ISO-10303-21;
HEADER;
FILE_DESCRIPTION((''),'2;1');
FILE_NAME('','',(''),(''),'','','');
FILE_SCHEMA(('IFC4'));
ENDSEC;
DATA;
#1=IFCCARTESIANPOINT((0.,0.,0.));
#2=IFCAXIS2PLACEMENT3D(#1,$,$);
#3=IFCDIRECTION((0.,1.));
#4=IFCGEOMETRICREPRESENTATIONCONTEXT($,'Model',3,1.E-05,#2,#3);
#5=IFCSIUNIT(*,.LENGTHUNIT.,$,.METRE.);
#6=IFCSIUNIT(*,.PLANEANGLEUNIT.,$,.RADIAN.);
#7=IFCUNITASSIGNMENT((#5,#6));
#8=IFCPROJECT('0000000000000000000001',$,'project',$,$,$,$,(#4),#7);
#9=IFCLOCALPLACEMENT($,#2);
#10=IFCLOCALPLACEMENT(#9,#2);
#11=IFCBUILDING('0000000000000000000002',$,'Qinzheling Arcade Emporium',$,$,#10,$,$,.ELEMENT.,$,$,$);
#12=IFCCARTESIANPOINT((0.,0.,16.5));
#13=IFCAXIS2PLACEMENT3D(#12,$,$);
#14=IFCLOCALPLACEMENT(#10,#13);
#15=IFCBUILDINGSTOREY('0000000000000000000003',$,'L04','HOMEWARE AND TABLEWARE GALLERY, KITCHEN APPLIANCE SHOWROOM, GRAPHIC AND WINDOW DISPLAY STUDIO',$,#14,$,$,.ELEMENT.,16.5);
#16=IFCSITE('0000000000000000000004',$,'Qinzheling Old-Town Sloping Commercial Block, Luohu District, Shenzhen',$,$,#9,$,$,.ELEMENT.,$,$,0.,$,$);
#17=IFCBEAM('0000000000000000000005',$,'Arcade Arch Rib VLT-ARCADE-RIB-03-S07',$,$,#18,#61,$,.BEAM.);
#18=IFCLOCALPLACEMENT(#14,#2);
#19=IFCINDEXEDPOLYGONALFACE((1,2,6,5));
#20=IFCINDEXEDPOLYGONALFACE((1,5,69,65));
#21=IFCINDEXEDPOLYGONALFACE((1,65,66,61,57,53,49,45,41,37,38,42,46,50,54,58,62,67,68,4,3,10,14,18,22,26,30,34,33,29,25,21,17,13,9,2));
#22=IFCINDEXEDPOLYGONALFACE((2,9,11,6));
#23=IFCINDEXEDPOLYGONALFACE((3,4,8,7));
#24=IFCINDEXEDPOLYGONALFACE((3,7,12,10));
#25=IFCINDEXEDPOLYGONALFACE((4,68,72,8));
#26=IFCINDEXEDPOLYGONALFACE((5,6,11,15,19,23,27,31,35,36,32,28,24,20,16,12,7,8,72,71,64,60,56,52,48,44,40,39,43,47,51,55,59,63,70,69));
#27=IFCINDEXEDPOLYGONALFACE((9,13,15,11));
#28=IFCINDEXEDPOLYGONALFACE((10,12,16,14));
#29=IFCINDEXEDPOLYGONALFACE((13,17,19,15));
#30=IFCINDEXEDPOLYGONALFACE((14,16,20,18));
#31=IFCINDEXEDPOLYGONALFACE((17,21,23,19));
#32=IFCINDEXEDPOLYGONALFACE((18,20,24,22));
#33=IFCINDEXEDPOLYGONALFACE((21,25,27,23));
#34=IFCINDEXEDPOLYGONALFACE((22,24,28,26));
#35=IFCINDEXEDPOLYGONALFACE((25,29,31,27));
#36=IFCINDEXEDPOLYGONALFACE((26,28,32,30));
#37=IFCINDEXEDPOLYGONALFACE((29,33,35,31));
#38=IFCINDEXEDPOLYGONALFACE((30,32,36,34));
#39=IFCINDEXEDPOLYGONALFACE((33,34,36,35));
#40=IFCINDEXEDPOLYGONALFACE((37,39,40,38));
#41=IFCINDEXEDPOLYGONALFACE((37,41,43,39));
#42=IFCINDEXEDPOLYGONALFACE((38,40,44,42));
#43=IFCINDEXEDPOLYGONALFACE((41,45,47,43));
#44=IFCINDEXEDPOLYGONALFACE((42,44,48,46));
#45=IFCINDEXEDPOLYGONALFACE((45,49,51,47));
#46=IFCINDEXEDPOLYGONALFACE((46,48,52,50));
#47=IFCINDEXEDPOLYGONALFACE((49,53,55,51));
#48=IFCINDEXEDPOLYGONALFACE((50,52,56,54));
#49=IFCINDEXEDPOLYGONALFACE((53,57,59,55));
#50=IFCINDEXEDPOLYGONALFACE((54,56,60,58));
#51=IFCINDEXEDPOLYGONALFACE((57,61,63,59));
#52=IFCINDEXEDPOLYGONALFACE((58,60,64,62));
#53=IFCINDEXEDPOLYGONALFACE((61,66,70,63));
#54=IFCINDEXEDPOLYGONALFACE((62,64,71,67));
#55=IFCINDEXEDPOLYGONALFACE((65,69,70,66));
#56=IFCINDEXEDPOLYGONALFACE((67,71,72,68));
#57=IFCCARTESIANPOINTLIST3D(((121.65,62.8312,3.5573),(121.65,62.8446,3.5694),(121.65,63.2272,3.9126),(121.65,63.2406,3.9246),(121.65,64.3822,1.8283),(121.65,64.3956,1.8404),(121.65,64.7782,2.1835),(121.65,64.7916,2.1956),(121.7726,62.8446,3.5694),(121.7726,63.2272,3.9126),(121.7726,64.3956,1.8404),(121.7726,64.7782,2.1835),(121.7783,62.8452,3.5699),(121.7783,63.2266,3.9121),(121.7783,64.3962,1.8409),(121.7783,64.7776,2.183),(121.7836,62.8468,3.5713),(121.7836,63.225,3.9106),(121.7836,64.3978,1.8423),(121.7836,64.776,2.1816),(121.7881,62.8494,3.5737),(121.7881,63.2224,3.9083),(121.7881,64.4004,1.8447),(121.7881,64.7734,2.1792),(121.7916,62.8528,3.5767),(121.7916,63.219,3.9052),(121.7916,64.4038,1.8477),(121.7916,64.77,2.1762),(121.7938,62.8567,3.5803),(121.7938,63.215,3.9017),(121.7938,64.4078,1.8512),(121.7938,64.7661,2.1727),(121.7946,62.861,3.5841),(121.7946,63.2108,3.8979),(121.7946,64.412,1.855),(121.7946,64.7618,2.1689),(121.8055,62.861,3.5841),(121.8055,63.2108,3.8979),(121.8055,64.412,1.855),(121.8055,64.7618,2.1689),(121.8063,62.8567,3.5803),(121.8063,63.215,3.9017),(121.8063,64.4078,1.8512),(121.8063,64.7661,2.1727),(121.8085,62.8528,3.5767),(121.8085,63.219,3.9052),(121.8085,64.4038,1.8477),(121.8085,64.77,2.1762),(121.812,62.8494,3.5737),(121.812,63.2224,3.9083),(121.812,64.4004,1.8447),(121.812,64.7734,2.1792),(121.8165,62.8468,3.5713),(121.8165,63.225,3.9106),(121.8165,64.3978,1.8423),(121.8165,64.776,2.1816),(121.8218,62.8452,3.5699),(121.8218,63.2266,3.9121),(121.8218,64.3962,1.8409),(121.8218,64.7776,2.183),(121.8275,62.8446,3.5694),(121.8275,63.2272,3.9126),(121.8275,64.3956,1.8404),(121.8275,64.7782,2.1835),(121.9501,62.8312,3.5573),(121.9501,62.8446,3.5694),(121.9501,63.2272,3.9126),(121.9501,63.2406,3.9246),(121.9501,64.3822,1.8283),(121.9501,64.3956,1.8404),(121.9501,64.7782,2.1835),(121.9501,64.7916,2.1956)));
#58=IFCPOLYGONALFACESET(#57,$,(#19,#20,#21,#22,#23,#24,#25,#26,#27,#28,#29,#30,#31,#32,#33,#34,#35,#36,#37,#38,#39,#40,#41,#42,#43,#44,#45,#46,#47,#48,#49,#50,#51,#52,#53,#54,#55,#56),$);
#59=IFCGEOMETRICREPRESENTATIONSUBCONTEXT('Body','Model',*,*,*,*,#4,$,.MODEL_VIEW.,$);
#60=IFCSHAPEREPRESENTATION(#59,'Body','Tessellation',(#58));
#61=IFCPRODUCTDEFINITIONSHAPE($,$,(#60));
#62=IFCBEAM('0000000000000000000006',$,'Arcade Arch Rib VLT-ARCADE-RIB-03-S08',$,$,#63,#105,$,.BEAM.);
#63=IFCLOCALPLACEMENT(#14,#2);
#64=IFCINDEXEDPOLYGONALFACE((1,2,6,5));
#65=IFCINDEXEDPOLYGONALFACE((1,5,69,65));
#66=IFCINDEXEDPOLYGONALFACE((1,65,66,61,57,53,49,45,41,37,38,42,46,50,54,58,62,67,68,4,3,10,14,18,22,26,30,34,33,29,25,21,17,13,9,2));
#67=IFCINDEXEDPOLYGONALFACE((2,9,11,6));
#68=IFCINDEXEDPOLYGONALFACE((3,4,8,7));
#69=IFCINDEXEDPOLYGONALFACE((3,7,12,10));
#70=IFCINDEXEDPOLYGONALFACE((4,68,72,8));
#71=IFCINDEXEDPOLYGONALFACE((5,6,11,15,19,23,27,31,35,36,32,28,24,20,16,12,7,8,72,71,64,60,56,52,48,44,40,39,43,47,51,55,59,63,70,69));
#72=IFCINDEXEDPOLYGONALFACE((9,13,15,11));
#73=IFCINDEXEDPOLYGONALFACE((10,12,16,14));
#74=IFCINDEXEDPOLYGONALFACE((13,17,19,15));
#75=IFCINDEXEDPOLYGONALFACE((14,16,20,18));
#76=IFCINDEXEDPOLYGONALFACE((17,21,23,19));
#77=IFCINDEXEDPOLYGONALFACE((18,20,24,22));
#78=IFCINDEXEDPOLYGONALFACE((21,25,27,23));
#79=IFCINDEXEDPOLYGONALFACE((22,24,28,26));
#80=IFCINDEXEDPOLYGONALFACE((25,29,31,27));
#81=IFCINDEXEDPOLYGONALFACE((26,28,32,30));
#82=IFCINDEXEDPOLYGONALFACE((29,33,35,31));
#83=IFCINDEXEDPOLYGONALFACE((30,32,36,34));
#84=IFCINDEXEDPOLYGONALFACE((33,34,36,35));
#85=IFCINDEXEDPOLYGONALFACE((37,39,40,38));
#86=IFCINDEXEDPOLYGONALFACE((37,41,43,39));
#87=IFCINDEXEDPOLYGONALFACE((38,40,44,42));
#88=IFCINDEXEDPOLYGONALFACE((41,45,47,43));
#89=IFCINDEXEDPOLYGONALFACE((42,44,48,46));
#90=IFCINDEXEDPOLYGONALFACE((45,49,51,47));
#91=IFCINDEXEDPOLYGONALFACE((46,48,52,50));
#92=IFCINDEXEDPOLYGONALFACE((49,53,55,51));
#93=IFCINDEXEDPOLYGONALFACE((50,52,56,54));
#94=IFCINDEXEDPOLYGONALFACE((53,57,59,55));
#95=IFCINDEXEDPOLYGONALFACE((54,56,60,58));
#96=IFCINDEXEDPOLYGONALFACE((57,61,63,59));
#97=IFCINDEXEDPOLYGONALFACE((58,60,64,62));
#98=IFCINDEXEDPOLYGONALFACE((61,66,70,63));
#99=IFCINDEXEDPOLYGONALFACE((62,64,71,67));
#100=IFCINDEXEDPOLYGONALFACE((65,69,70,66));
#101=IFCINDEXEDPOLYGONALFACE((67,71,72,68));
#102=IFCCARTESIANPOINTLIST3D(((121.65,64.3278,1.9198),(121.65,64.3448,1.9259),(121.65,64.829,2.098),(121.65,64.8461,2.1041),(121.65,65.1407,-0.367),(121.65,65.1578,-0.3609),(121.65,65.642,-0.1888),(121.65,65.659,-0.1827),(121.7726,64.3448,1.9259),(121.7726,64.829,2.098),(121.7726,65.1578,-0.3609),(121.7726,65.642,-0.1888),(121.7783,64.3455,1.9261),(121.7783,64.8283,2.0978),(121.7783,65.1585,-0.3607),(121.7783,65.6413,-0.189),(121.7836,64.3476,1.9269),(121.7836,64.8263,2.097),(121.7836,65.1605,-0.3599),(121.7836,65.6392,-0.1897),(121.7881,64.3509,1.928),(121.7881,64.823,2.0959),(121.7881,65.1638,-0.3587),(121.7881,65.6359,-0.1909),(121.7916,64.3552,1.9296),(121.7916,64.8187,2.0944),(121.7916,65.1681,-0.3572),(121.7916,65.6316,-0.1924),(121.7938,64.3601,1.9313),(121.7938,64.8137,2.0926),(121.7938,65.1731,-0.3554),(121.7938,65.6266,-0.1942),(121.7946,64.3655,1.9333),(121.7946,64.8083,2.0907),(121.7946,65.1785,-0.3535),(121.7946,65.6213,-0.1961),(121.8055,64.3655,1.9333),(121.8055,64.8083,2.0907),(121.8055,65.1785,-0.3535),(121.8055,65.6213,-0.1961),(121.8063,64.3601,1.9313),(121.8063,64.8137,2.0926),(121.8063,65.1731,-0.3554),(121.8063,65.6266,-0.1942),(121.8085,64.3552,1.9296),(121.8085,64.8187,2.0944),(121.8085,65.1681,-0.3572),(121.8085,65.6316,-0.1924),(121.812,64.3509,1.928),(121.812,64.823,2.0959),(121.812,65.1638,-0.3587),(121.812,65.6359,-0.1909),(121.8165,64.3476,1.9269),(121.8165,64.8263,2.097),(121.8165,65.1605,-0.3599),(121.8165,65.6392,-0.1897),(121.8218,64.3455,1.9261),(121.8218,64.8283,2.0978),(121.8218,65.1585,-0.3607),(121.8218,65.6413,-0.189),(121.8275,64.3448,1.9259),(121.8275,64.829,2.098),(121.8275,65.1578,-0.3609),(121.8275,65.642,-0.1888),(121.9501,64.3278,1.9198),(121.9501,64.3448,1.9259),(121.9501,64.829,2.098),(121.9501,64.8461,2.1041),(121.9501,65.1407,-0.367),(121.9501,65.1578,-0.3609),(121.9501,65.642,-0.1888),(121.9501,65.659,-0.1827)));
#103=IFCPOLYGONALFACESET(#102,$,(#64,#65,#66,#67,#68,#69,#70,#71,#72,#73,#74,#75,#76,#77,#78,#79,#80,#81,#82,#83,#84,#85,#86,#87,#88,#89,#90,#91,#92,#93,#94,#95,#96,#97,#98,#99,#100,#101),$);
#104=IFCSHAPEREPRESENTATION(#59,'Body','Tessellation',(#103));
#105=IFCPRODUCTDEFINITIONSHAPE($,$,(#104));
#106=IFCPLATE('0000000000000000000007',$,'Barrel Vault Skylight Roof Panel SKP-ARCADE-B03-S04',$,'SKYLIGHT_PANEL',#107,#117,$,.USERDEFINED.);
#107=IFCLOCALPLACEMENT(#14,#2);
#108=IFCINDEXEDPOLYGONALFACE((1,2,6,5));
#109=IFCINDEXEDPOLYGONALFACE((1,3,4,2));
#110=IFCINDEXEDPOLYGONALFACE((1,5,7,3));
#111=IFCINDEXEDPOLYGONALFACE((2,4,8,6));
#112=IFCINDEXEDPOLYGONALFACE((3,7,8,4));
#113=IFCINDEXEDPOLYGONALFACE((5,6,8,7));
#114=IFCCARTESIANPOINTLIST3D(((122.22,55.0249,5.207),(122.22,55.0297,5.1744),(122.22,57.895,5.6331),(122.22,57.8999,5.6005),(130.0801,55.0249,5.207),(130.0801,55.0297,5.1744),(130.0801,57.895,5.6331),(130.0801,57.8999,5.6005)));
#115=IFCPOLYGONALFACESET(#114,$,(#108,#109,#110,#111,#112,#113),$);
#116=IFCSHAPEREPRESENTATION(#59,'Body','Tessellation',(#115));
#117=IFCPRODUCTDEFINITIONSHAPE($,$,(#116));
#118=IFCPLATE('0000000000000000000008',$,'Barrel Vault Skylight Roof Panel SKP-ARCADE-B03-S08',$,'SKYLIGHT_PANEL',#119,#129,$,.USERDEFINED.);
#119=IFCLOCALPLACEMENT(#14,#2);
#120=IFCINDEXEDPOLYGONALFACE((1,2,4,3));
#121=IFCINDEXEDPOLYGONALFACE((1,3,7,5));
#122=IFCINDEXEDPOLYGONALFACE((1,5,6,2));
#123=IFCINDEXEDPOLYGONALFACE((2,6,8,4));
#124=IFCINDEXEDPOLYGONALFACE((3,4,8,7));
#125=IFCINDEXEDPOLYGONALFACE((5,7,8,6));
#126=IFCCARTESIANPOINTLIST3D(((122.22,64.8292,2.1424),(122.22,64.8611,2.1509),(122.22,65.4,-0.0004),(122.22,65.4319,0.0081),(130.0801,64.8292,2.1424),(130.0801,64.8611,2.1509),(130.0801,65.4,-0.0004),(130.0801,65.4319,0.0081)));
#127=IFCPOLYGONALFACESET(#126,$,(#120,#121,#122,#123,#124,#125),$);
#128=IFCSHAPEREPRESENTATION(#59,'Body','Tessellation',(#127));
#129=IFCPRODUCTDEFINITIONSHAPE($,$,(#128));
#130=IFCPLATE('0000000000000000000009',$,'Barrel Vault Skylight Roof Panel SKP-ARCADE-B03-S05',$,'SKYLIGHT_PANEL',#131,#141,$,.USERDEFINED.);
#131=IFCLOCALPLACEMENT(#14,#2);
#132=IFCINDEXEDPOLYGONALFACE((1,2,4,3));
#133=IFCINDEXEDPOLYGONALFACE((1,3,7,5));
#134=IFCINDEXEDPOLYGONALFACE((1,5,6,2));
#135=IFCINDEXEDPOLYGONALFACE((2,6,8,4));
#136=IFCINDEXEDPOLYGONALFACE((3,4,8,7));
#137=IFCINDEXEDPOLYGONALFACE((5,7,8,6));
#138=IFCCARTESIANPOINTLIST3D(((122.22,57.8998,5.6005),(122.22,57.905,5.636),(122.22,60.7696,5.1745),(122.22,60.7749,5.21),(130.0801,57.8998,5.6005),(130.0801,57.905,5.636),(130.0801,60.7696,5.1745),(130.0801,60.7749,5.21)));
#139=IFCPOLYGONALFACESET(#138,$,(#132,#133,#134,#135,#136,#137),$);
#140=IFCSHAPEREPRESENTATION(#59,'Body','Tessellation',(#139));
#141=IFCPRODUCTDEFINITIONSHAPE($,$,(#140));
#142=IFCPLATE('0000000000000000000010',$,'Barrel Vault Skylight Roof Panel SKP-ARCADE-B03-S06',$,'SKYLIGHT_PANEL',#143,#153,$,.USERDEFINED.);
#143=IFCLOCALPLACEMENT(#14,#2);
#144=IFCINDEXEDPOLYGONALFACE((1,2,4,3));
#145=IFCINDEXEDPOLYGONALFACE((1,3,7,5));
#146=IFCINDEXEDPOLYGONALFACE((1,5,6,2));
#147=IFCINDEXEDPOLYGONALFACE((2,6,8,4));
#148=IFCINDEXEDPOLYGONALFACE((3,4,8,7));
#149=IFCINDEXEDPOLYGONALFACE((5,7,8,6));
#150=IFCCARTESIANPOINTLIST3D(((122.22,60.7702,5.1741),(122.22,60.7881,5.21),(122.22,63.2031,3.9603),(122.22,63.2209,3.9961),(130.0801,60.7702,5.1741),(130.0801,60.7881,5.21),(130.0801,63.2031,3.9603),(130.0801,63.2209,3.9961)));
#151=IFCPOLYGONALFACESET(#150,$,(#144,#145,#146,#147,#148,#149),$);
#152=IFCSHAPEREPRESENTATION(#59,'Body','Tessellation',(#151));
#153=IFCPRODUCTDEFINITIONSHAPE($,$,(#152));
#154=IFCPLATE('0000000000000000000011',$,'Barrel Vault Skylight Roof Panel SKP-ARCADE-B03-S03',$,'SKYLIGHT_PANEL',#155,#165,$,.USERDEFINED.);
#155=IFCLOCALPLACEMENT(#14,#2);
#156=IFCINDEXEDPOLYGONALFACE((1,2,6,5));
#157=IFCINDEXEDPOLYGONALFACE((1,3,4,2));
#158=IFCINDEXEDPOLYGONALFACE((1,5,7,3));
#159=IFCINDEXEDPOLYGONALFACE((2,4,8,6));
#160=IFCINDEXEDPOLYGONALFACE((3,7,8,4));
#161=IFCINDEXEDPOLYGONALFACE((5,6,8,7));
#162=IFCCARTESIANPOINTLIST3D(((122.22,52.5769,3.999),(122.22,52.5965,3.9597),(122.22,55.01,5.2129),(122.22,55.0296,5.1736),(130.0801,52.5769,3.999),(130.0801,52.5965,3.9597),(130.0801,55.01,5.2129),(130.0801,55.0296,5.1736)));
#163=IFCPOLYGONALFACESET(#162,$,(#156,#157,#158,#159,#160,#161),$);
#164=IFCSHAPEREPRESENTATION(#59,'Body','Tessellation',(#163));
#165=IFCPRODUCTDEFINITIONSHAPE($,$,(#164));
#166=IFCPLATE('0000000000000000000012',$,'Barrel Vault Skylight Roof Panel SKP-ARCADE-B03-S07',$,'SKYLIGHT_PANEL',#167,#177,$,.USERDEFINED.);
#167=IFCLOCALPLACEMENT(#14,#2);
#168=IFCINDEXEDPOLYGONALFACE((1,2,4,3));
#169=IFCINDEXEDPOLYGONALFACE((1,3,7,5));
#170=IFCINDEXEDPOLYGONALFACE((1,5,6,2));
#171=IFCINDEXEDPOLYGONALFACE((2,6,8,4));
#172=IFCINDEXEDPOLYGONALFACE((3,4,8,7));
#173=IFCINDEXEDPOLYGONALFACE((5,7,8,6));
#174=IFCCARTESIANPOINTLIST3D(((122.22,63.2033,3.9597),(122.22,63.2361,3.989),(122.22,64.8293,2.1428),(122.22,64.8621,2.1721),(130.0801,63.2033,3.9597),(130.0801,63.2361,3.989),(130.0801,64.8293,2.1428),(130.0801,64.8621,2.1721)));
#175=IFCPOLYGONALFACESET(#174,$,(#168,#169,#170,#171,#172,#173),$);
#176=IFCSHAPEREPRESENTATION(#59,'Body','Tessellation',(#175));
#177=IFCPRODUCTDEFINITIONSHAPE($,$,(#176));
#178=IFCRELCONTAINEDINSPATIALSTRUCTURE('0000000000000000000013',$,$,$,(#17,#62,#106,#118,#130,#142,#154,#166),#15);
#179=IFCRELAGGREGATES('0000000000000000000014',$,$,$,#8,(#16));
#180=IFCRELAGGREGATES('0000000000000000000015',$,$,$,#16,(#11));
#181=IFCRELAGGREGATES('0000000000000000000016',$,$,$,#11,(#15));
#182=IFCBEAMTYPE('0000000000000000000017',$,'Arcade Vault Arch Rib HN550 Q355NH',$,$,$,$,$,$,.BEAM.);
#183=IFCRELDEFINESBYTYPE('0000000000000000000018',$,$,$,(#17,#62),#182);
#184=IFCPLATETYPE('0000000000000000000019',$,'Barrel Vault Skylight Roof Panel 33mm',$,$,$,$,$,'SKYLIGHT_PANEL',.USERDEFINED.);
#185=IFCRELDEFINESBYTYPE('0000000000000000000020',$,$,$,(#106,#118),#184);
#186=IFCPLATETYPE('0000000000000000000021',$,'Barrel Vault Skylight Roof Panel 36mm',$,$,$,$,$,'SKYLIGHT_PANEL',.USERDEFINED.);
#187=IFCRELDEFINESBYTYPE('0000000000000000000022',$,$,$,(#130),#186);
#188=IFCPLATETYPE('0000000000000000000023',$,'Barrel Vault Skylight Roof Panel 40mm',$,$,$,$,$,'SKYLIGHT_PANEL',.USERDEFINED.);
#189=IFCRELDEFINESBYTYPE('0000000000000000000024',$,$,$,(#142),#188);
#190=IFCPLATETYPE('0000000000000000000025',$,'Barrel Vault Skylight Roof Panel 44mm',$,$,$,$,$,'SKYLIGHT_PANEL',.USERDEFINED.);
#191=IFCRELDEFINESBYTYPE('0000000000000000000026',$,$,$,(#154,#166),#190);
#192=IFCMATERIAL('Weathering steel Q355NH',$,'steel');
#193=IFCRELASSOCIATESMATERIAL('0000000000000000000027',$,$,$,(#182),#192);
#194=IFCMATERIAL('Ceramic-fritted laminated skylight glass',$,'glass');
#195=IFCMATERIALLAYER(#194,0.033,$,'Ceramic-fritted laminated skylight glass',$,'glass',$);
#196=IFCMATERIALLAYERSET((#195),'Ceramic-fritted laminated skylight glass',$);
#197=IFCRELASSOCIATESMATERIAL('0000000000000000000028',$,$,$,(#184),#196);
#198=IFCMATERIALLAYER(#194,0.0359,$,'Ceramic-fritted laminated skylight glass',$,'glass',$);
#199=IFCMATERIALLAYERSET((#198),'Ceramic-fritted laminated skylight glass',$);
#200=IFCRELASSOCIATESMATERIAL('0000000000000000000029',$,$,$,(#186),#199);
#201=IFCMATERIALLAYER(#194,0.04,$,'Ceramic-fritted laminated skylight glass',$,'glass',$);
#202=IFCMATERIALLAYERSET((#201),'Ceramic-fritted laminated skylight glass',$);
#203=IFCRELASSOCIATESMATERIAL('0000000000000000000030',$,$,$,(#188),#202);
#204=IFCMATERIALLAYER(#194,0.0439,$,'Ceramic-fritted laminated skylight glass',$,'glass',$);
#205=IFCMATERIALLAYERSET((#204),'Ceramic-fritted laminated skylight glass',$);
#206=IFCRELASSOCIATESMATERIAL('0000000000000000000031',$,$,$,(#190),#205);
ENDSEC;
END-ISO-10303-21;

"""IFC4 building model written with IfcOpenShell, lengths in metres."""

from ifc_helpers import new_model, si_unit, direction, frame, origin, origin_2d, place, context, subcontext, project, spatial, polyline, i_section, outline, extrude, material, layer, layer_set, material_profile, profile_set, type_object, element, save


model = new_model("IFC4")

# Units and contexts
model_context = context("Model", 3, precision=1e-05, world=origin(), true_north=direction((0.0, 1.0)))
body_context = subcontext(model_context, "Body", "Model", "MODEL_VIEW")
ifc_project = project(units=[si_unit("LENGTHUNIT", "METRE"), si_unit("PLANEANGLEUNIT", "RADIAN")], contexts=[model_context])

# Site, building, storey
site_placement = place(None, origin())
site = spatial("IfcSite", under=ifc_project, at=site_placement, Name="Qinzheling Old-Town Sloping Commercial Block, Luohu District, Shenzhen", CompositionType="ELEMENT", RefElevation=0.0)
building_placement = place(site_placement, origin())
building = spatial("IfcBuilding", under=site, at=building_placement, Name="Qinzheling Arcade Emporium", CompositionType="ELEMENT")
storey_placement = place(building_placement, frame((0.0, 0.0, 16.5)))
storey = spatial("IfcBuildingStorey", under=building, at=storey_placement, Name="L04", Description="HOMEWARE AND TABLEWARE GALLERY, KITCHEN APPLIANCE SHOWROOM, GRAPHIC AND WINDOW DISPLAY STUDIO", CompositionType="ELEMENT", Elevation=16.5)

# Shared definitions
ifc_material_1 = material(Name="Weathering steel Q355NH", Category="steel")

# Beams
ifc_material_profile_1 = material_profile(ifc_material_1, i_section(OverallWidth=0.3, OverallDepth=0.55, WebThickness=0.011, FlangeThickness=0.0181, FilletRadius=0.022, at=origin_2d()), Name="HN 550x300x11x18", Category="steel")
ifc_profile_set_1 = profile_set([ifc_material_profile_1], Name="Weathering steel Q355NH")
beam_type_1 = type_object("IfcBeamType", Name="Arcade Vault Arch Rib HN550 Q355NH", PredefinedType="BEAM", material=ifc_profile_set_1)
beam_1_placement = place(storey_placement, frame((121.8, 63.0359, 3.741), z_axis=(0.0, 0.667756, -0.74438), x_axis=(-1.0, 0.0, 0.0)))
element("IfcBeam", 1, at=beam_1_placement, inside=storey, type_object=beam_type_1, Name="Arcade Arch Rib VLT-ARCADE-RIB-03-S07", PredefinedType="BEAM", context=body_context, shape_type="SweptSolid", body=[
    extrude(i_section(OverallWidth=0.3, OverallDepth=0.55, WebThickness=0.011, FlangeThickness=0.0181, FilletRadius=0.022, at=origin_2d()), origin(), (0.0, 0.0, 1.0), 2.3228),
])
beam_2_placement = place(storey_placement, frame((121.8, 64.5869, 2.012), z_axis=(0.0, 0.334966, -0.94223), x_axis=(-1.0, 0.0, 0.0)))
element("IfcBeam", 2, at=beam_2_placement, inside=storey, type_object=beam_type_1, Name="Arcade Arch Rib VLT-ARCADE-RIB-03-S08", PredefinedType="BEAM", context=body_context, shape_type="SweptSolid", body=[
    extrude(i_section(OverallWidth=0.3, OverallDepth=0.55, WebThickness=0.011, FlangeThickness=0.0181, FilletRadius=0.022, at=origin_2d()), origin(), (0.0, 0.0, 1.0), 2.427),
])

# Plates
ifc_material_2 = material(Name="Ceramic-fritted laminated skylight glass", Category="glass")
ifc_layer_1 = layer(ifc_material_2, 0.033, Name="Ceramic-fritted laminated skylight glass", Category="glass")
ifc_layer_set_1 = layer_set([ifc_layer_1], Name="Ceramic-fritted laminated skylight glass")
plate_type_1 = type_object("IfcPlateType", Name="Barrel Vault Skylight Roof Panel 33mm", ElementType="SKYLIGHT_PANEL", PredefinedType="USERDEFINED", material=ifc_layer_set_1)
plate_1_placement = place(storey_placement, frame((122.22, 55.0249, 5.207), z_axis=(0.0, -0.146826, 0.989162), x_axis=(1.0, 0.0, 0.0)))
element("IfcPlate", 3, at=plate_1_placement, inside=storey, type_object=plate_type_1, Name="Barrel Vault Skylight Roof Panel SKP-ARCADE-B03-S04", ObjectType="SKYLIGHT_PANEL", PredefinedType="USERDEFINED", context=body_context, shape_type="SweptSolid", body=[
    extrude(outline(polyline([(0.0, 0.0), (7.8601, 0.0), (7.8601, 2.9016), (0.0, 2.9016), (0.0, 0.0)])), origin(), (0.0, 0.0, -1.0), 0.033),
])
plate_2_placement = place(storey_placement, frame((122.22, 64.8611, 2.1509), z_axis=(0.0, 0.966304, 0.257402), x_axis=(1.0, 0.0, 0.0)))
element("IfcPlate", 4, at=plate_2_placement, inside=storey, type_object=plate_type_1, Name="Barrel Vault Skylight Roof Panel SKP-ARCADE-B03-S08", ObjectType="SKYLIGHT_PANEL", PredefinedType="USERDEFINED", context=body_context, shape_type="SweptSolid", body=[
    extrude(outline(polyline([(0.0, 0.0), (7.8601, 0.0), (7.8601, 2.2175), (0.0, 2.2175), (0.0, 0.0)])), origin(), (0.0, 0.0, -1.0), 0.033),
])
ifc_layer_2 = layer(ifc_material_2, 0.0359, Name="Ceramic-fritted laminated skylight glass", Category="glass")
ifc_layer_set_2 = layer_set([ifc_layer_2], Name="Ceramic-fritted laminated skylight glass")
plate_type_2 = type_object("IfcPlateType", Name="Barrel Vault Skylight Roof Panel 36mm", ElementType="SKYLIGHT_PANEL", PredefinedType="USERDEFINED", material=ifc_layer_set_2)
plate_3_placement = place(storey_placement, frame((122.22, 57.905, 5.636), z_axis=(0.0, 0.146838, 0.98916), x_axis=(1.0, 0.0, 0.0)))
element("IfcPlate", 5, at=plate_3_placement, inside=storey, type_object=plate_type_2, Name="Barrel Vault Skylight Roof Panel SKP-ARCADE-B03-S05", ObjectType="SKYLIGHT_PANEL", PredefinedType="USERDEFINED", context=body_context, shape_type="SweptSolid", body=[
    extrude(outline(polyline([(0.0, 0.0), (7.8601, 0.0), (7.8601, 2.9013), (0.0, 2.9013), (0.0, 0.0)])), origin(), (0.0, 0.0, -1.0), 0.0359),
])
ifc_layer_3 = layer(ifc_material_2, 0.04, Name="Ceramic-fritted laminated skylight glass", Category="glass")
ifc_layer_set_3 = layer_set([ifc_layer_3], Name="Ceramic-fritted laminated skylight glass")
plate_type_3 = type_object("IfcPlateType", Name="Barrel Vault Skylight Roof Panel 40mm", ElementType="SKYLIGHT_PANEL", PredefinedType="USERDEFINED", material=ifc_layer_set_3)
plate_4_placement = place(storey_placement, frame((122.22, 60.7881, 5.21), z_axis=(0.0, 0.446459, 0.894804), x_axis=(1.0, 0.0, 0.0)))
element("IfcPlate", 6, at=plate_4_placement, inside=storey, type_object=plate_type_3, Name="Barrel Vault Skylight Roof Panel SKP-ARCADE-B03-S06", ObjectType="SKYLIGHT_PANEL", PredefinedType="USERDEFINED", context=body_context, shape_type="SweptSolid", body=[
    extrude(outline(polyline([(0.0, 0.0), (7.8601, 0.0), (7.8601, 2.7189), (0.0, 2.7189), (0.0, 0.0)])), origin(), (0.0, 0.0, -1.0), 0.04),
])
ifc_layer_4 = layer(ifc_material_2, 0.0439, Name="Ceramic-fritted laminated skylight glass", Category="glass")
ifc_layer_set_4 = layer_set([ifc_layer_4], Name="Ceramic-fritted laminated skylight glass")
plate_type_4 = type_object("IfcPlateType", Name="Barrel Vault Skylight Roof Panel 44mm", ElementType="SKYLIGHT_PANEL", PredefinedType="USERDEFINED", material=ifc_layer_set_4)
plate_5_placement = place(storey_placement, frame((122.22, 52.5769, 3.999), z_axis=(0.0, -0.446423, 0.894822), x_axis=(1.0, 0.0, 0.0)))
element("IfcPlate", 7, at=plate_5_placement, inside=storey, type_object=plate_type_4, Name="Barrel Vault Skylight Roof Panel SKP-ARCADE-B03-S03", ObjectType="SKYLIGHT_PANEL", PredefinedType="USERDEFINED", context=body_context, shape_type="SweptSolid", body=[
    extrude(outline(polyline([(0.0, 0.0), (7.8601, 0.0), (7.8601, 2.7191), (0.0, 2.7191), (0.0, 0.0)])), origin(), (0.0, 0.0, -1.0), 0.0439),
])
plate_6_placement = place(storey_placement, frame((122.22, 63.2361, 3.989), z_axis=(0.0, 0.745173, 0.666871), x_axis=(1.0, 0.0, 0.0)))
element("IfcPlate", 8, at=plate_6_placement, inside=storey, type_object=plate_type_4, Name="Barrel Vault Skylight Roof Panel SKP-ARCADE-B03-S07", ObjectType="SKYLIGHT_PANEL", PredefinedType="USERDEFINED", context=body_context, shape_type="SweptSolid", body=[
    extrude(outline(polyline([(0.0, 0.0), (7.8601, 0.0), (7.8601, 2.4382), (0.0, 2.4382), (0.0, 0.0)])), origin(), (0.0, 0.0, -1.0), 0.0439),
])

save(model, "model.ifc")
